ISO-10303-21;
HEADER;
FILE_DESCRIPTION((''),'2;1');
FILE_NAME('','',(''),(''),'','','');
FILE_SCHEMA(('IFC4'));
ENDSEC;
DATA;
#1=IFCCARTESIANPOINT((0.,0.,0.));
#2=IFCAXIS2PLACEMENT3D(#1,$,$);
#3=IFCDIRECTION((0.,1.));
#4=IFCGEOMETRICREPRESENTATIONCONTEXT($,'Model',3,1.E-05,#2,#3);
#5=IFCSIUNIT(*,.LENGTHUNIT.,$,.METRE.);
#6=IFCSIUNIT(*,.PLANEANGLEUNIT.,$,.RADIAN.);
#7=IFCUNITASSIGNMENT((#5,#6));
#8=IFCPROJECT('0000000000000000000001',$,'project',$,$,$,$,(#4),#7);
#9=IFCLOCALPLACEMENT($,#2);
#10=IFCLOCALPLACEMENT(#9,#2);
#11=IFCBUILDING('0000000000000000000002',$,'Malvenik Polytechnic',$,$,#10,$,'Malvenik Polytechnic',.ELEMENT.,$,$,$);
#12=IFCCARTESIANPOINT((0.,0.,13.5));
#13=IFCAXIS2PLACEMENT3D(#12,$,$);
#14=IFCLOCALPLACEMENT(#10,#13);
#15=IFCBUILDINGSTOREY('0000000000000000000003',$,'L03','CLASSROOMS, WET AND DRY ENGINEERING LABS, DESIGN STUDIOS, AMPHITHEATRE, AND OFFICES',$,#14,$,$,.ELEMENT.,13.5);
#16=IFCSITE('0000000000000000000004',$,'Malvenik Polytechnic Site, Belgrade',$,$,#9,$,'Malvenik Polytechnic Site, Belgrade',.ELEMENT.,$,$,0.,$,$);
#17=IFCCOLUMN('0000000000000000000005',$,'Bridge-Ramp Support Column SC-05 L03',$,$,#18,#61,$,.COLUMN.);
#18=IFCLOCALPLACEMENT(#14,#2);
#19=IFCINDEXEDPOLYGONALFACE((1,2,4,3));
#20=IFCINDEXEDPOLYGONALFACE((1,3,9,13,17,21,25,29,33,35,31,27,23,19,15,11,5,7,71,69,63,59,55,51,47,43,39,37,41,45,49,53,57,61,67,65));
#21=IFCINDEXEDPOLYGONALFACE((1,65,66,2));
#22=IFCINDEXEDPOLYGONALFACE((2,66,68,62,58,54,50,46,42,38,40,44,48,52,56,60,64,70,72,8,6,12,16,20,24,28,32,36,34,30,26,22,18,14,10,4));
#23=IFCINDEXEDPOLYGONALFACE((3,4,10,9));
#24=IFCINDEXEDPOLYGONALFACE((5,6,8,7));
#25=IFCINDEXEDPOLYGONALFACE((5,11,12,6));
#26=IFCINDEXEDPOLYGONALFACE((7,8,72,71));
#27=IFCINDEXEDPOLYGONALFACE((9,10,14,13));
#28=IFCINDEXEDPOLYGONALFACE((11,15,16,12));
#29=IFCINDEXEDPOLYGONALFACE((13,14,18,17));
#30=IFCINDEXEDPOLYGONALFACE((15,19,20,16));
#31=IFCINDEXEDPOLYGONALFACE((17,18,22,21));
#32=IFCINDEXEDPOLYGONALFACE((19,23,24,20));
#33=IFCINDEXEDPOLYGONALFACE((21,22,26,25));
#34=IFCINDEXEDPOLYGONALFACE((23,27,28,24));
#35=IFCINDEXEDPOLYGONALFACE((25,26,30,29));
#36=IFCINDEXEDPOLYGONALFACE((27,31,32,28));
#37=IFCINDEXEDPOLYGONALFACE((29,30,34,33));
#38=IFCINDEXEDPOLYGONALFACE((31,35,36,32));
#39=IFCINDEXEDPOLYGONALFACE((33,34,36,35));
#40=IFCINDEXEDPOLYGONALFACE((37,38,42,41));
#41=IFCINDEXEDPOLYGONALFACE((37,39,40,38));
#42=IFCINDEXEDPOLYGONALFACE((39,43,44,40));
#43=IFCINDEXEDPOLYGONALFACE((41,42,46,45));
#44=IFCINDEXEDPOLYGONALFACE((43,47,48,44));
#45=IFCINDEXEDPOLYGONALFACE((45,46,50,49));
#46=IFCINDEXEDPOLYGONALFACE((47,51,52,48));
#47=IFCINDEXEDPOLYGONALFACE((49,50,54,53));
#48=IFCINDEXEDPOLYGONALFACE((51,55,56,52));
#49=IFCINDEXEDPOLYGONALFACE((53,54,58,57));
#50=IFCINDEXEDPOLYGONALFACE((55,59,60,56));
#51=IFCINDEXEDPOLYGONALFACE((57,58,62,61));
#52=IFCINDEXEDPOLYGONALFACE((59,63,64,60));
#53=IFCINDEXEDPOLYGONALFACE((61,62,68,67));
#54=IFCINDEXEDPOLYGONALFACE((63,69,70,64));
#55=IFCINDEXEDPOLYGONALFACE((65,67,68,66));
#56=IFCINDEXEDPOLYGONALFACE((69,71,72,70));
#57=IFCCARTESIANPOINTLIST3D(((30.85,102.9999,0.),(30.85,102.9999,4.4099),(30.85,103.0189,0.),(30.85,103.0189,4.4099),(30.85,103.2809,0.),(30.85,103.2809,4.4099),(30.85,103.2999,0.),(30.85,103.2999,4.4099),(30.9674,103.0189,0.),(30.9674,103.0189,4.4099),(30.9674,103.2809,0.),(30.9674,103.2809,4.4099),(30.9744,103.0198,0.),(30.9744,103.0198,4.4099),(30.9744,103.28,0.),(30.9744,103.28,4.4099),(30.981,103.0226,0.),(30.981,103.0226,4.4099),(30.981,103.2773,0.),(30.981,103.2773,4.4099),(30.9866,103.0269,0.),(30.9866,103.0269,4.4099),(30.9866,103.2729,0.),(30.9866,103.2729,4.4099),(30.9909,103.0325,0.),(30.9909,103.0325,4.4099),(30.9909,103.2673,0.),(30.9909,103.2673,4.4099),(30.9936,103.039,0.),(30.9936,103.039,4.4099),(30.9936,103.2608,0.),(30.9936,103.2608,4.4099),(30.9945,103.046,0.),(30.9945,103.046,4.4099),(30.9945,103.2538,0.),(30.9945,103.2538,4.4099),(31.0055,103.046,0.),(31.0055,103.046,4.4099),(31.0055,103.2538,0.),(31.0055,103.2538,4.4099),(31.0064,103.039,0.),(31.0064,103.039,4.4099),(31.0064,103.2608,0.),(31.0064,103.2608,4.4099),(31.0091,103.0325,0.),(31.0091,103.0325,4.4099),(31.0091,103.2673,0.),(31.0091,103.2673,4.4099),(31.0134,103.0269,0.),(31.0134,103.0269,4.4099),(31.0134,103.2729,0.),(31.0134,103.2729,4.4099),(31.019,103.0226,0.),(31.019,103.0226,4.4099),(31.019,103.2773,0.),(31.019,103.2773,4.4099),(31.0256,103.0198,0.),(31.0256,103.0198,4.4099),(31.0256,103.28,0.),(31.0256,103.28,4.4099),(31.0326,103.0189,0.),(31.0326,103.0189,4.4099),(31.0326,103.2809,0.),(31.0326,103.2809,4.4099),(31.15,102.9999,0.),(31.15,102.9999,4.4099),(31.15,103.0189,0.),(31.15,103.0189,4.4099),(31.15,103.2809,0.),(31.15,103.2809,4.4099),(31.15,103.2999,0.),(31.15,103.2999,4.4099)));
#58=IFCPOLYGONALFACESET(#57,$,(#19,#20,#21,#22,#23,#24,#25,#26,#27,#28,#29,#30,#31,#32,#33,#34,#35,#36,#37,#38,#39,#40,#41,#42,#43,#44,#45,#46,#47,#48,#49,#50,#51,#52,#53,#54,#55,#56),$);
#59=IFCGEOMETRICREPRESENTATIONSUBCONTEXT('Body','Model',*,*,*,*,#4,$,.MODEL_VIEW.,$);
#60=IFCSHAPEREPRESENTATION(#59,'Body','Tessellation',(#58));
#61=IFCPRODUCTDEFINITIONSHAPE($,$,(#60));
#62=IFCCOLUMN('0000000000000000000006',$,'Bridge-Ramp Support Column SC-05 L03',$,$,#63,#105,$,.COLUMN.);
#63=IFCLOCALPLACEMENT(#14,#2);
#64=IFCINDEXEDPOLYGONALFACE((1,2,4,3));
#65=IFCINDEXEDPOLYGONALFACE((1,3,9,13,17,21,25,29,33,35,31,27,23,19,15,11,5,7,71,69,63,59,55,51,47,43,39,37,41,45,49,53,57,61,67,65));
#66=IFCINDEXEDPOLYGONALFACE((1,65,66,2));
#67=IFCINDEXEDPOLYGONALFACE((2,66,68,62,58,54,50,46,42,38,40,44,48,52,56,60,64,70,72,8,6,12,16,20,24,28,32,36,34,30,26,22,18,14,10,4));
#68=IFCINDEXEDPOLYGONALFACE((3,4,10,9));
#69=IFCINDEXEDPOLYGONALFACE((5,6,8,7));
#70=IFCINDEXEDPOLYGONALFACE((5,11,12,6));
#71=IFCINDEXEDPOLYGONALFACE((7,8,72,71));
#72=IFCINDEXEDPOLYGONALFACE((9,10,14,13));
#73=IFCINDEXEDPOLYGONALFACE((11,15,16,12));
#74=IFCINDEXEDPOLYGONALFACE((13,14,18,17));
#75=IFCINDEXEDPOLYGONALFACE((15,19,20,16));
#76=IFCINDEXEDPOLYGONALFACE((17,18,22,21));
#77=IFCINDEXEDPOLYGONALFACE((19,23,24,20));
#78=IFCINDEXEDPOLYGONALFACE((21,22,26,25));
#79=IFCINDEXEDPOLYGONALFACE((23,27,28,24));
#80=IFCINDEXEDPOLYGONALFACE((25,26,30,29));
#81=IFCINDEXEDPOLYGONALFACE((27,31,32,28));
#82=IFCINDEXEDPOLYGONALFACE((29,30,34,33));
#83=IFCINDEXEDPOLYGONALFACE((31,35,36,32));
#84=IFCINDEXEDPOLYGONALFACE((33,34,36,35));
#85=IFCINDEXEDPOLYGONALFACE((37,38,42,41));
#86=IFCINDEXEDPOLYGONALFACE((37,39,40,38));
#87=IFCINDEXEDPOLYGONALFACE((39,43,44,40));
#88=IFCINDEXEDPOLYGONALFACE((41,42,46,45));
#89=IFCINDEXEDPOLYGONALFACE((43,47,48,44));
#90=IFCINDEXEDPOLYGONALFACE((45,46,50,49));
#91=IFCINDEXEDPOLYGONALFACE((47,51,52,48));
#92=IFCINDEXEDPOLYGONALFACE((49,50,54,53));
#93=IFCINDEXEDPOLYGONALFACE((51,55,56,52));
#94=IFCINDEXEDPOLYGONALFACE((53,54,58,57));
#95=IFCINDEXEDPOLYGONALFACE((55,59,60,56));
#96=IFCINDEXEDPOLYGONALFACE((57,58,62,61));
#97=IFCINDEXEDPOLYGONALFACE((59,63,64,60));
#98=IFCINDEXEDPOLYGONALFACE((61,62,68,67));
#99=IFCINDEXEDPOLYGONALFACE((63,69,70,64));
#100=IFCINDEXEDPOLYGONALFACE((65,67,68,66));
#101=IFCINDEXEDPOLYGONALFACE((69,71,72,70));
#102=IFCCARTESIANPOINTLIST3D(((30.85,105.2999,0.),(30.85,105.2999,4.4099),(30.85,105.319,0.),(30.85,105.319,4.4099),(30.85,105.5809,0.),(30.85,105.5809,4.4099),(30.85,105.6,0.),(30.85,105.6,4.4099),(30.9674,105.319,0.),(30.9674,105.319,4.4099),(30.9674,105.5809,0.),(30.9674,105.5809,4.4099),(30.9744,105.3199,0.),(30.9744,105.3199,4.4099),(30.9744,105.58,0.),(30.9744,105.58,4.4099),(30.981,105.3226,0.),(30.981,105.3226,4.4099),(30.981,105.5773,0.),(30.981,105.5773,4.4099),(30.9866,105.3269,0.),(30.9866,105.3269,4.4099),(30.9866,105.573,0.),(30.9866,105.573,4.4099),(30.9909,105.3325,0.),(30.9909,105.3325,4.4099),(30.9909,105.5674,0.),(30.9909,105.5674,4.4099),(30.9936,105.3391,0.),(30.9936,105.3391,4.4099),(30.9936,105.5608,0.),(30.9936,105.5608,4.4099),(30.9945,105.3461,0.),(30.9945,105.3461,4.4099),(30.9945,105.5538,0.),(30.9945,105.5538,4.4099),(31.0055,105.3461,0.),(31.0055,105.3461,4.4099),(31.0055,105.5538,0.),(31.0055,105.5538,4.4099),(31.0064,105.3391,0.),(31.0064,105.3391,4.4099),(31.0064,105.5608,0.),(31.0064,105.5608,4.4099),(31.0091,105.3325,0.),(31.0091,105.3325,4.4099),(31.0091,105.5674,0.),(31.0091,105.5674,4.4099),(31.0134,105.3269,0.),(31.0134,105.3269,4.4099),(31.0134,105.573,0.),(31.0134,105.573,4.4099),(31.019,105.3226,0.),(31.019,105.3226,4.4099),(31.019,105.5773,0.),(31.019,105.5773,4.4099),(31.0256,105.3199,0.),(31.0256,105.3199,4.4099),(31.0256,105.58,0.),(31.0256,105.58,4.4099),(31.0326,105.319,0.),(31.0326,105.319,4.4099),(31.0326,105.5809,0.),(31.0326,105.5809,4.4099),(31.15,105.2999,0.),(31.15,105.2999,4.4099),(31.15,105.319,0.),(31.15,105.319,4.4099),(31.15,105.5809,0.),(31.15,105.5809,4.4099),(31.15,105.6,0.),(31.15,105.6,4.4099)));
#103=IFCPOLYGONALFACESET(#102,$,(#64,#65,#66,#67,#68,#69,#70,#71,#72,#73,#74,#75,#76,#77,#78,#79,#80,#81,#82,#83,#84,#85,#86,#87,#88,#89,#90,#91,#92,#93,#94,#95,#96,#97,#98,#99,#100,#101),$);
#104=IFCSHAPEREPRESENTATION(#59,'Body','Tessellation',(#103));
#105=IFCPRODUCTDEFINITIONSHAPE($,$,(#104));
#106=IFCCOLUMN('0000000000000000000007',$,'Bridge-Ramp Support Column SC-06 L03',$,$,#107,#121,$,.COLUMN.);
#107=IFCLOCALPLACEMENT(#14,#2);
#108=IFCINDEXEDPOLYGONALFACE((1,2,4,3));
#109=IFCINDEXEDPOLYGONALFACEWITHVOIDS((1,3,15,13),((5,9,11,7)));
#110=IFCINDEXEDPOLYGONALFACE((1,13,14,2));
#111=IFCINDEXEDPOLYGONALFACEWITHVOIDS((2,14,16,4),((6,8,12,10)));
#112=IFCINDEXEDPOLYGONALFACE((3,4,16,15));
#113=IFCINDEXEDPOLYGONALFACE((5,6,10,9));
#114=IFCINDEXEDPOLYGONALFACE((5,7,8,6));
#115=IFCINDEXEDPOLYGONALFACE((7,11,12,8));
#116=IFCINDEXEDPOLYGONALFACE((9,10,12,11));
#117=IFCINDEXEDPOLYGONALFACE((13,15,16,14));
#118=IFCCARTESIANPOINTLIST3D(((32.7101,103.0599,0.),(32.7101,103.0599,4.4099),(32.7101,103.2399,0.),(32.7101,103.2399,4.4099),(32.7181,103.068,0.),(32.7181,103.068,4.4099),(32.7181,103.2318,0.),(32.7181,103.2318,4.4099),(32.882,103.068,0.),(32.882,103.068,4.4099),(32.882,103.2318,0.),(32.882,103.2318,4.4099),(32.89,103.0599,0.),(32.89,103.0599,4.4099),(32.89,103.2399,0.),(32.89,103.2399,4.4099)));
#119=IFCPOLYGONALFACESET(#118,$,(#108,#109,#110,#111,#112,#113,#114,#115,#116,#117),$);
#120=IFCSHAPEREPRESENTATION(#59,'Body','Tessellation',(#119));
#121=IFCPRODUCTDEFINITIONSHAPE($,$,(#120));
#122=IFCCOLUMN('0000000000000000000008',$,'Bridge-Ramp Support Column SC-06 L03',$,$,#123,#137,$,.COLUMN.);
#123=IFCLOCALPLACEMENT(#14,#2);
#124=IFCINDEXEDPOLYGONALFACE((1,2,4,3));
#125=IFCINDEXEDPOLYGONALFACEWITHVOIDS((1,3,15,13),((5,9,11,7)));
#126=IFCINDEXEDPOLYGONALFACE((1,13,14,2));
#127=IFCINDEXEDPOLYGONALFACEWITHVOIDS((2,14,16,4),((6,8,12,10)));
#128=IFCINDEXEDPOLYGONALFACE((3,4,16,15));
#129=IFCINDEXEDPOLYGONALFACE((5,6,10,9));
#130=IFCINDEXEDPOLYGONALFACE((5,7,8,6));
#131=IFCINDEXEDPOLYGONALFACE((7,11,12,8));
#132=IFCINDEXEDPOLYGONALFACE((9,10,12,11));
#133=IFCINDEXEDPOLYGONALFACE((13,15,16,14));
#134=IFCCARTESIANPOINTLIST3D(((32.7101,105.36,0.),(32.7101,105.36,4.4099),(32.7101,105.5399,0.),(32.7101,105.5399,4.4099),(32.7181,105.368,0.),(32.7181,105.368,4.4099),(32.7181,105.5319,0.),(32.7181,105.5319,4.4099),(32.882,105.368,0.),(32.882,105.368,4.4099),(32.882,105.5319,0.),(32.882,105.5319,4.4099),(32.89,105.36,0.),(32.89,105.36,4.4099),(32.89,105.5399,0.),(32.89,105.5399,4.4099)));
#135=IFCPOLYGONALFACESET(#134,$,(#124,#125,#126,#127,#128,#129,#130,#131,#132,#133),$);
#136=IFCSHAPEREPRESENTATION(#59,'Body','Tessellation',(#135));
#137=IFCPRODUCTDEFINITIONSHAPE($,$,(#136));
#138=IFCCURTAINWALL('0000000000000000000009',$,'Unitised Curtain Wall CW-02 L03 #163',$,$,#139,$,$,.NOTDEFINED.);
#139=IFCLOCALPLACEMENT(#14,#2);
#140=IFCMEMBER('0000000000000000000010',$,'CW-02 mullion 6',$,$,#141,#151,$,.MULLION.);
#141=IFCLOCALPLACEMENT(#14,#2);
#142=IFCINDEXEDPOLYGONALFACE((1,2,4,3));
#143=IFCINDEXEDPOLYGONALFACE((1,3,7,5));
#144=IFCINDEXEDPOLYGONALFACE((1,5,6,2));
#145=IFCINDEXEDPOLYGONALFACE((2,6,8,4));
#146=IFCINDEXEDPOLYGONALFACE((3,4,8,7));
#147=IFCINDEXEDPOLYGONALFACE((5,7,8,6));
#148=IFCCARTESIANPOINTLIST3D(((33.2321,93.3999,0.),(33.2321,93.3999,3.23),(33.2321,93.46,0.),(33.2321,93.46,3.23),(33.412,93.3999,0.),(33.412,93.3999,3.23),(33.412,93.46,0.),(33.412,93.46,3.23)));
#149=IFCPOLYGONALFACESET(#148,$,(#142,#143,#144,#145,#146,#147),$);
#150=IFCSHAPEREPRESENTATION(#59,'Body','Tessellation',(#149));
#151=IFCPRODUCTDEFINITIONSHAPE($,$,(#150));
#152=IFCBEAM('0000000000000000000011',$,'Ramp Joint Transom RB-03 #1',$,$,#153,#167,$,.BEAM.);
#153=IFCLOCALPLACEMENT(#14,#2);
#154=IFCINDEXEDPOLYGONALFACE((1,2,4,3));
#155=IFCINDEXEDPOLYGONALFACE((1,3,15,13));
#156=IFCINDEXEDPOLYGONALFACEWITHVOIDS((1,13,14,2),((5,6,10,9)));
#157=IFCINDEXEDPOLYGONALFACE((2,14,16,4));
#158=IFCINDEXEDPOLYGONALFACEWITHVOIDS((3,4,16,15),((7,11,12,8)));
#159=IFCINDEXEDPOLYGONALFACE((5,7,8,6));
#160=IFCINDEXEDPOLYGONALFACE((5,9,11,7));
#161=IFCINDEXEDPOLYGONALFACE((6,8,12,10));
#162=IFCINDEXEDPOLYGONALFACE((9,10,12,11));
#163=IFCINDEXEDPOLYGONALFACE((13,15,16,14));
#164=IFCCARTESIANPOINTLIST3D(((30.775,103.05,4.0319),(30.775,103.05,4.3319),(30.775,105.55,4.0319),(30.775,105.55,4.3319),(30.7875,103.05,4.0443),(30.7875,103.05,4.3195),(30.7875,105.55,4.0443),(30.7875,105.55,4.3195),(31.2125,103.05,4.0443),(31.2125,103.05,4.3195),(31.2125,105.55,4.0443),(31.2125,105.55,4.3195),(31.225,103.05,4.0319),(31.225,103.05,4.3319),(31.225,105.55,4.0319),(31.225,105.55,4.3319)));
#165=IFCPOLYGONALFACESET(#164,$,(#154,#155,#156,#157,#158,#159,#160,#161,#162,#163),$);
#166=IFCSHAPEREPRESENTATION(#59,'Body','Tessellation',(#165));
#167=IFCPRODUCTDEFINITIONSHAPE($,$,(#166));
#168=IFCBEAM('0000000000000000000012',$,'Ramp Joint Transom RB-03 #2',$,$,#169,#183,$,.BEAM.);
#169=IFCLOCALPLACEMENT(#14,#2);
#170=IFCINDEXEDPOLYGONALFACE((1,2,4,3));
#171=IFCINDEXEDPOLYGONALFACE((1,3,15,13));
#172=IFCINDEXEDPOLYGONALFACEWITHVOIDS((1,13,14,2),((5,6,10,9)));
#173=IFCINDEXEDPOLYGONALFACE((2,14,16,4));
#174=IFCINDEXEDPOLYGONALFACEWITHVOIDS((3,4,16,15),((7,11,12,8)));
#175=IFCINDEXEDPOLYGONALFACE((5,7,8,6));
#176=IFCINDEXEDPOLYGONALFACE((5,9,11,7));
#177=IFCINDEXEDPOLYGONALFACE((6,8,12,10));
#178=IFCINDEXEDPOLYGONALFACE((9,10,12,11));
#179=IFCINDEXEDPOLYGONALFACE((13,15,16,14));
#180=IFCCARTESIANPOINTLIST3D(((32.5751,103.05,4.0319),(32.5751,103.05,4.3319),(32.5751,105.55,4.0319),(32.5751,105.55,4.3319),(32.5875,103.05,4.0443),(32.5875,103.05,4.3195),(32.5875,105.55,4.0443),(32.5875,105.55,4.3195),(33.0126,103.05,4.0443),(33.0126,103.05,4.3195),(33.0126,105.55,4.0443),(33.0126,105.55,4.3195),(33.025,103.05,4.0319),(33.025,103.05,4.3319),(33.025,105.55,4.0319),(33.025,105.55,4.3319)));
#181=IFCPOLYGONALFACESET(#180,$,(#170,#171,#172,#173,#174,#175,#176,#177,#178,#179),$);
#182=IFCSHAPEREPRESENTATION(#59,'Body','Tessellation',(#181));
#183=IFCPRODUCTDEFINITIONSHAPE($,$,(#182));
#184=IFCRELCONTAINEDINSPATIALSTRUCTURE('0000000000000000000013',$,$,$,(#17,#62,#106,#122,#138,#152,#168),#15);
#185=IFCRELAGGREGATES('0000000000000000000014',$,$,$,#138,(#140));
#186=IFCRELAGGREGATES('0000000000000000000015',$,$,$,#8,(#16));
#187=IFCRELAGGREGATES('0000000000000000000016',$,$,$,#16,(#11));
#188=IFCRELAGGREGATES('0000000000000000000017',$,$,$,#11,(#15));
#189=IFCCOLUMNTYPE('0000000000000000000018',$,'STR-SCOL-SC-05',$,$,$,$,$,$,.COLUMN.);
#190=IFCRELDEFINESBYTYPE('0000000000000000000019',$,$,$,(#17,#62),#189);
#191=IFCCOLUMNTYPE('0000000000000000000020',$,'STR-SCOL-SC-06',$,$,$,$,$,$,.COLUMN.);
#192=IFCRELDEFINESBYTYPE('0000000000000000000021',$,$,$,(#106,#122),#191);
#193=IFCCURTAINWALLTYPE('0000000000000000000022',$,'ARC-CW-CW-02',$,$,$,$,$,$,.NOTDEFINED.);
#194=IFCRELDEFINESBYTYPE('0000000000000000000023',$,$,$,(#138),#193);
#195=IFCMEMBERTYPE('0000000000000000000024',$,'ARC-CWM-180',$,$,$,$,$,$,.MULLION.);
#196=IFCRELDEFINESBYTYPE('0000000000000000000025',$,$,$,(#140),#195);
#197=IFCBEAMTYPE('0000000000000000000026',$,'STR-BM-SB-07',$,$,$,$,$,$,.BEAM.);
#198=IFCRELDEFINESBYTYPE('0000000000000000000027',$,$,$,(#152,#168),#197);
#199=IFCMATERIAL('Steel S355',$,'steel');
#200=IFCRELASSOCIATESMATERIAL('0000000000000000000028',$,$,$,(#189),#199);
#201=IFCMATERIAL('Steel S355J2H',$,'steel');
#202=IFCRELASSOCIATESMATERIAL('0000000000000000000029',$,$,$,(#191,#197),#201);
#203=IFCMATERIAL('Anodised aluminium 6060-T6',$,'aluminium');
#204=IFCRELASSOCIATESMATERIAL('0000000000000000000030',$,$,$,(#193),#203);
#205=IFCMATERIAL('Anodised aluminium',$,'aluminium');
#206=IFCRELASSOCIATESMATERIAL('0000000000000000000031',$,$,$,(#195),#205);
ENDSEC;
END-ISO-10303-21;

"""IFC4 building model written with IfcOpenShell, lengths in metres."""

from ifc_helpers import new_model, si_unit, direction, frame, origin, origin_2d, place, context, subcontext, project, spatial, rectangle, hollow_rectangle, i_section, extrude, material, material_profile, profile_set, type_object, element, aggregate, save


model = new_model("IFC4")

# Units and contexts
model_context = context("Model", 3, precision=1e-05, world=origin(), true_north=direction((0.0, 1.0)))
body_context = subcontext(model_context, "Body", "Model", "MODEL_VIEW")
ifc_project = project(units=[si_unit("LENGTHUNIT", "METRE"), si_unit("PLANEANGLEUNIT", "RADIAN")], contexts=[model_context])

# Site, building, storey
site_placement = place(None, origin())
site = spatial("IfcSite", under=ifc_project, at=site_placement, Name="Malvenik Polytechnic Site, Belgrade", LongName="Malvenik Polytechnic Site, Belgrade", CompositionType="ELEMENT", RefElevation=0.0)
building_placement = place(site_placement, origin())
building = spatial("IfcBuilding", under=site, at=building_placement, Name="Malvenik Polytechnic", LongName="Malvenik Polytechnic", CompositionType="ELEMENT")
storey_placement = place(building_placement, frame((0.0, 0.0, 13.5)))
storey = spatial("IfcBuildingStorey", under=building, at=storey_placement, Name="L03", Description="CLASSROOMS, WET AND DRY ENGINEERING LABS, DESIGN STUDIOS, AMPHITHEATRE, AND OFFICES", CompositionType="ELEMENT", Elevation=13.5)

# Columns
ifc_material_1 = material(Name="Steel S355", Category="steel")
ifc_material_profile_1 = material_profile(ifc_material_1, i_section(OverallWidth=0.3, OverallDepth=0.3, WebThickness=0.011, FlangeThickness=0.019, FilletRadius=0.0271, at=origin_2d()), Name="HEB 300")
ifc_profile_set_1 = profile_set([ifc_material_profile_1], Name="Steel S355")
column_type_1 = type_object("IfcColumnType", Name="STR-SCOL-SC-05", PredefinedType="COLUMN", material=ifc_profile_set_1)
for number, where, z_axis, x_axis, name in (
    (1, (31.0, 103.1499, 0.0), (0.0, 0.0, 1.0), (1.0, 0.0, 0.0), "Bridge-Ramp Support Column SC-05 L03"),
    (2, (31.0, 105.45, 0.0), (0.0, 0.0, 1.0), (1.0, 0.0, 0.0), "Bridge-Ramp Support Column SC-05 L03"),
):
    element("IfcColumn", number, at=place(storey_placement, frame(where, z_axis=z_axis, x_axis=x_axis)), inside=storey, type_object=column_type_1, Name=name, PredefinedType="COLUMN", context=body_context, shape_type="SweptSolid", body=[
        extrude(i_section(OverallWidth=0.3, OverallDepth=0.3, WebThickness=0.011, FlangeThickness=0.019, FilletRadius=0.0271, at=origin_2d()), origin(), (0.0, 0.0, 1.0), 4.4099),
    ])
ifc_material_2 = material(Name="Steel S355J2H", Category="steel")
ifc_material_profile_2 = material_profile(ifc_material_2, hollow_rectangle(XDim=0.1799, YDim=0.1799, WallThickness=0.0081, at=origin_2d()), Name="SHS 180x180x8.0")
ifc_profile_set_2 = profile_set([ifc_material_profile_2], Name="Steel S355J2H")
column_type_2 = type_object("IfcColumnType", Name="STR-SCOL-SC-06", PredefinedType="COLUMN", material=ifc_profile_set_2)
for number, where, z_axis, x_axis, name in (
    (3, (32.8, 103.1499, 0.0), (0.0, 0.0, 1.0), (1.0, 0.0, 0.0), "Bridge-Ramp Support Column SC-06 L03"),
    (4, (32.8, 105.45, 0.0), (0.0, 0.0, 1.0), (1.0, 0.0, 0.0), "Bridge-Ramp Support Column SC-06 L03"),
):
    element("IfcColumn", number, at=place(storey_placement, frame(where, z_axis=z_axis, x_axis=x_axis)), inside=storey, type_object=column_type_2, Name=name, PredefinedType="COLUMN", context=body_context, shape_type="SweptSolid", body=[
        extrude(hollow_rectangle(XDim=0.1799, YDim=0.1799, WallThickness=0.0081, at=origin_2d()), origin(), (0.0, 0.0, 1.0), 4.4099),
    ])

# Curtain wall, member
ifc_material_3 = material(Name="Anodised aluminium 6060-T6", Category="aluminium")
curtain_wall_type = type_object("IfcCurtainWallType", Name="ARC-CW-CW-02", PredefinedType="NOTDEFINED", material=ifc_material_3)
curtain_wall_placement = place(storey_placement, origin())
curtain_wall = element("IfcCurtainWall", 5, at=curtain_wall_placement, inside=storey, type_object=curtain_wall_type, Name="Unitised Curtain Wall CW-02 L03 #163", PredefinedType="NOTDEFINED")
ifc_material_4 = material(Name="Anodised aluminium", Category="aluminium")
ifc_material_profile_3 = material_profile(ifc_material_4, rectangle(XDim=0.0601, YDim=0.1799, at=origin_2d()), Name="ALU MULLION 60x180")
ifc_profile_set_3 = profile_set([ifc_material_profile_3], Name="Anodised aluminium")
member_type_1 = type_object("IfcMemberType", Name="ARC-CWM-180", PredefinedType="MULLION", material=ifc_profile_set_3)
member_1_placement = place(storey_placement, frame((33.322, 93.4299, 0.0), z_axis=(0.0, 0.0, 1.0), x_axis=(0.0, 1.0, 0.0)))
member_1 = element("IfcMember", 6, at=member_1_placement, type_object=member_type_1, Name="CW-02 mullion 6", PredefinedType="MULLION", context=body_context, shape_type="SweptSolid", body=[
    extrude(rectangle(XDim=0.0601, YDim=0.1799, at=origin_2d()), origin(), (0.0, 0.0, 1.0), 3.23),
])

# Beams
ifc_material_profile_4 = material_profile(ifc_material_2, hollow_rectangle(XDim=0.45, YDim=0.3, WallThickness=0.0125, at=origin_2d()), Name="RHS 450x300x12.5")
ifc_profile_set_4 = profile_set([ifc_material_profile_4], Name="Steel S355J2H")
beam_type = type_object("IfcBeamType", Name="STR-BM-SB-07", PredefinedType="BEAM", material=ifc_profile_set_4)
for number, where, z_axis, x_axis, name in (
    (7, (31.0, 103.05, 4.1819), (0.0, 1.0, 0.0), (-1.0, 0.0, 0.0), "Ramp Joint Transom RB-03 #1"),
    (8, (32.8, 103.05, 4.1819), (0.0, 1.0, 0.0), (-1.0, 0.0, 0.0), "Ramp Joint Transom RB-03 #2"),
):
    element("IfcBeam", number, at=place(storey_placement, frame(where, z_axis=z_axis, x_axis=x_axis)), inside=storey, type_object=beam_type, Name=name, PredefinedType="BEAM", context=body_context, shape_type="SweptSolid", body=[
        extrude(hollow_rectangle(XDim=0.45, YDim=0.3, WallThickness=0.0125, at=origin_2d()), origin(), (0.0, 0.0, 1.0), 2.5),
    ])

aggregate(curtain_wall, [member_1])

save(model, "model.ifc")
